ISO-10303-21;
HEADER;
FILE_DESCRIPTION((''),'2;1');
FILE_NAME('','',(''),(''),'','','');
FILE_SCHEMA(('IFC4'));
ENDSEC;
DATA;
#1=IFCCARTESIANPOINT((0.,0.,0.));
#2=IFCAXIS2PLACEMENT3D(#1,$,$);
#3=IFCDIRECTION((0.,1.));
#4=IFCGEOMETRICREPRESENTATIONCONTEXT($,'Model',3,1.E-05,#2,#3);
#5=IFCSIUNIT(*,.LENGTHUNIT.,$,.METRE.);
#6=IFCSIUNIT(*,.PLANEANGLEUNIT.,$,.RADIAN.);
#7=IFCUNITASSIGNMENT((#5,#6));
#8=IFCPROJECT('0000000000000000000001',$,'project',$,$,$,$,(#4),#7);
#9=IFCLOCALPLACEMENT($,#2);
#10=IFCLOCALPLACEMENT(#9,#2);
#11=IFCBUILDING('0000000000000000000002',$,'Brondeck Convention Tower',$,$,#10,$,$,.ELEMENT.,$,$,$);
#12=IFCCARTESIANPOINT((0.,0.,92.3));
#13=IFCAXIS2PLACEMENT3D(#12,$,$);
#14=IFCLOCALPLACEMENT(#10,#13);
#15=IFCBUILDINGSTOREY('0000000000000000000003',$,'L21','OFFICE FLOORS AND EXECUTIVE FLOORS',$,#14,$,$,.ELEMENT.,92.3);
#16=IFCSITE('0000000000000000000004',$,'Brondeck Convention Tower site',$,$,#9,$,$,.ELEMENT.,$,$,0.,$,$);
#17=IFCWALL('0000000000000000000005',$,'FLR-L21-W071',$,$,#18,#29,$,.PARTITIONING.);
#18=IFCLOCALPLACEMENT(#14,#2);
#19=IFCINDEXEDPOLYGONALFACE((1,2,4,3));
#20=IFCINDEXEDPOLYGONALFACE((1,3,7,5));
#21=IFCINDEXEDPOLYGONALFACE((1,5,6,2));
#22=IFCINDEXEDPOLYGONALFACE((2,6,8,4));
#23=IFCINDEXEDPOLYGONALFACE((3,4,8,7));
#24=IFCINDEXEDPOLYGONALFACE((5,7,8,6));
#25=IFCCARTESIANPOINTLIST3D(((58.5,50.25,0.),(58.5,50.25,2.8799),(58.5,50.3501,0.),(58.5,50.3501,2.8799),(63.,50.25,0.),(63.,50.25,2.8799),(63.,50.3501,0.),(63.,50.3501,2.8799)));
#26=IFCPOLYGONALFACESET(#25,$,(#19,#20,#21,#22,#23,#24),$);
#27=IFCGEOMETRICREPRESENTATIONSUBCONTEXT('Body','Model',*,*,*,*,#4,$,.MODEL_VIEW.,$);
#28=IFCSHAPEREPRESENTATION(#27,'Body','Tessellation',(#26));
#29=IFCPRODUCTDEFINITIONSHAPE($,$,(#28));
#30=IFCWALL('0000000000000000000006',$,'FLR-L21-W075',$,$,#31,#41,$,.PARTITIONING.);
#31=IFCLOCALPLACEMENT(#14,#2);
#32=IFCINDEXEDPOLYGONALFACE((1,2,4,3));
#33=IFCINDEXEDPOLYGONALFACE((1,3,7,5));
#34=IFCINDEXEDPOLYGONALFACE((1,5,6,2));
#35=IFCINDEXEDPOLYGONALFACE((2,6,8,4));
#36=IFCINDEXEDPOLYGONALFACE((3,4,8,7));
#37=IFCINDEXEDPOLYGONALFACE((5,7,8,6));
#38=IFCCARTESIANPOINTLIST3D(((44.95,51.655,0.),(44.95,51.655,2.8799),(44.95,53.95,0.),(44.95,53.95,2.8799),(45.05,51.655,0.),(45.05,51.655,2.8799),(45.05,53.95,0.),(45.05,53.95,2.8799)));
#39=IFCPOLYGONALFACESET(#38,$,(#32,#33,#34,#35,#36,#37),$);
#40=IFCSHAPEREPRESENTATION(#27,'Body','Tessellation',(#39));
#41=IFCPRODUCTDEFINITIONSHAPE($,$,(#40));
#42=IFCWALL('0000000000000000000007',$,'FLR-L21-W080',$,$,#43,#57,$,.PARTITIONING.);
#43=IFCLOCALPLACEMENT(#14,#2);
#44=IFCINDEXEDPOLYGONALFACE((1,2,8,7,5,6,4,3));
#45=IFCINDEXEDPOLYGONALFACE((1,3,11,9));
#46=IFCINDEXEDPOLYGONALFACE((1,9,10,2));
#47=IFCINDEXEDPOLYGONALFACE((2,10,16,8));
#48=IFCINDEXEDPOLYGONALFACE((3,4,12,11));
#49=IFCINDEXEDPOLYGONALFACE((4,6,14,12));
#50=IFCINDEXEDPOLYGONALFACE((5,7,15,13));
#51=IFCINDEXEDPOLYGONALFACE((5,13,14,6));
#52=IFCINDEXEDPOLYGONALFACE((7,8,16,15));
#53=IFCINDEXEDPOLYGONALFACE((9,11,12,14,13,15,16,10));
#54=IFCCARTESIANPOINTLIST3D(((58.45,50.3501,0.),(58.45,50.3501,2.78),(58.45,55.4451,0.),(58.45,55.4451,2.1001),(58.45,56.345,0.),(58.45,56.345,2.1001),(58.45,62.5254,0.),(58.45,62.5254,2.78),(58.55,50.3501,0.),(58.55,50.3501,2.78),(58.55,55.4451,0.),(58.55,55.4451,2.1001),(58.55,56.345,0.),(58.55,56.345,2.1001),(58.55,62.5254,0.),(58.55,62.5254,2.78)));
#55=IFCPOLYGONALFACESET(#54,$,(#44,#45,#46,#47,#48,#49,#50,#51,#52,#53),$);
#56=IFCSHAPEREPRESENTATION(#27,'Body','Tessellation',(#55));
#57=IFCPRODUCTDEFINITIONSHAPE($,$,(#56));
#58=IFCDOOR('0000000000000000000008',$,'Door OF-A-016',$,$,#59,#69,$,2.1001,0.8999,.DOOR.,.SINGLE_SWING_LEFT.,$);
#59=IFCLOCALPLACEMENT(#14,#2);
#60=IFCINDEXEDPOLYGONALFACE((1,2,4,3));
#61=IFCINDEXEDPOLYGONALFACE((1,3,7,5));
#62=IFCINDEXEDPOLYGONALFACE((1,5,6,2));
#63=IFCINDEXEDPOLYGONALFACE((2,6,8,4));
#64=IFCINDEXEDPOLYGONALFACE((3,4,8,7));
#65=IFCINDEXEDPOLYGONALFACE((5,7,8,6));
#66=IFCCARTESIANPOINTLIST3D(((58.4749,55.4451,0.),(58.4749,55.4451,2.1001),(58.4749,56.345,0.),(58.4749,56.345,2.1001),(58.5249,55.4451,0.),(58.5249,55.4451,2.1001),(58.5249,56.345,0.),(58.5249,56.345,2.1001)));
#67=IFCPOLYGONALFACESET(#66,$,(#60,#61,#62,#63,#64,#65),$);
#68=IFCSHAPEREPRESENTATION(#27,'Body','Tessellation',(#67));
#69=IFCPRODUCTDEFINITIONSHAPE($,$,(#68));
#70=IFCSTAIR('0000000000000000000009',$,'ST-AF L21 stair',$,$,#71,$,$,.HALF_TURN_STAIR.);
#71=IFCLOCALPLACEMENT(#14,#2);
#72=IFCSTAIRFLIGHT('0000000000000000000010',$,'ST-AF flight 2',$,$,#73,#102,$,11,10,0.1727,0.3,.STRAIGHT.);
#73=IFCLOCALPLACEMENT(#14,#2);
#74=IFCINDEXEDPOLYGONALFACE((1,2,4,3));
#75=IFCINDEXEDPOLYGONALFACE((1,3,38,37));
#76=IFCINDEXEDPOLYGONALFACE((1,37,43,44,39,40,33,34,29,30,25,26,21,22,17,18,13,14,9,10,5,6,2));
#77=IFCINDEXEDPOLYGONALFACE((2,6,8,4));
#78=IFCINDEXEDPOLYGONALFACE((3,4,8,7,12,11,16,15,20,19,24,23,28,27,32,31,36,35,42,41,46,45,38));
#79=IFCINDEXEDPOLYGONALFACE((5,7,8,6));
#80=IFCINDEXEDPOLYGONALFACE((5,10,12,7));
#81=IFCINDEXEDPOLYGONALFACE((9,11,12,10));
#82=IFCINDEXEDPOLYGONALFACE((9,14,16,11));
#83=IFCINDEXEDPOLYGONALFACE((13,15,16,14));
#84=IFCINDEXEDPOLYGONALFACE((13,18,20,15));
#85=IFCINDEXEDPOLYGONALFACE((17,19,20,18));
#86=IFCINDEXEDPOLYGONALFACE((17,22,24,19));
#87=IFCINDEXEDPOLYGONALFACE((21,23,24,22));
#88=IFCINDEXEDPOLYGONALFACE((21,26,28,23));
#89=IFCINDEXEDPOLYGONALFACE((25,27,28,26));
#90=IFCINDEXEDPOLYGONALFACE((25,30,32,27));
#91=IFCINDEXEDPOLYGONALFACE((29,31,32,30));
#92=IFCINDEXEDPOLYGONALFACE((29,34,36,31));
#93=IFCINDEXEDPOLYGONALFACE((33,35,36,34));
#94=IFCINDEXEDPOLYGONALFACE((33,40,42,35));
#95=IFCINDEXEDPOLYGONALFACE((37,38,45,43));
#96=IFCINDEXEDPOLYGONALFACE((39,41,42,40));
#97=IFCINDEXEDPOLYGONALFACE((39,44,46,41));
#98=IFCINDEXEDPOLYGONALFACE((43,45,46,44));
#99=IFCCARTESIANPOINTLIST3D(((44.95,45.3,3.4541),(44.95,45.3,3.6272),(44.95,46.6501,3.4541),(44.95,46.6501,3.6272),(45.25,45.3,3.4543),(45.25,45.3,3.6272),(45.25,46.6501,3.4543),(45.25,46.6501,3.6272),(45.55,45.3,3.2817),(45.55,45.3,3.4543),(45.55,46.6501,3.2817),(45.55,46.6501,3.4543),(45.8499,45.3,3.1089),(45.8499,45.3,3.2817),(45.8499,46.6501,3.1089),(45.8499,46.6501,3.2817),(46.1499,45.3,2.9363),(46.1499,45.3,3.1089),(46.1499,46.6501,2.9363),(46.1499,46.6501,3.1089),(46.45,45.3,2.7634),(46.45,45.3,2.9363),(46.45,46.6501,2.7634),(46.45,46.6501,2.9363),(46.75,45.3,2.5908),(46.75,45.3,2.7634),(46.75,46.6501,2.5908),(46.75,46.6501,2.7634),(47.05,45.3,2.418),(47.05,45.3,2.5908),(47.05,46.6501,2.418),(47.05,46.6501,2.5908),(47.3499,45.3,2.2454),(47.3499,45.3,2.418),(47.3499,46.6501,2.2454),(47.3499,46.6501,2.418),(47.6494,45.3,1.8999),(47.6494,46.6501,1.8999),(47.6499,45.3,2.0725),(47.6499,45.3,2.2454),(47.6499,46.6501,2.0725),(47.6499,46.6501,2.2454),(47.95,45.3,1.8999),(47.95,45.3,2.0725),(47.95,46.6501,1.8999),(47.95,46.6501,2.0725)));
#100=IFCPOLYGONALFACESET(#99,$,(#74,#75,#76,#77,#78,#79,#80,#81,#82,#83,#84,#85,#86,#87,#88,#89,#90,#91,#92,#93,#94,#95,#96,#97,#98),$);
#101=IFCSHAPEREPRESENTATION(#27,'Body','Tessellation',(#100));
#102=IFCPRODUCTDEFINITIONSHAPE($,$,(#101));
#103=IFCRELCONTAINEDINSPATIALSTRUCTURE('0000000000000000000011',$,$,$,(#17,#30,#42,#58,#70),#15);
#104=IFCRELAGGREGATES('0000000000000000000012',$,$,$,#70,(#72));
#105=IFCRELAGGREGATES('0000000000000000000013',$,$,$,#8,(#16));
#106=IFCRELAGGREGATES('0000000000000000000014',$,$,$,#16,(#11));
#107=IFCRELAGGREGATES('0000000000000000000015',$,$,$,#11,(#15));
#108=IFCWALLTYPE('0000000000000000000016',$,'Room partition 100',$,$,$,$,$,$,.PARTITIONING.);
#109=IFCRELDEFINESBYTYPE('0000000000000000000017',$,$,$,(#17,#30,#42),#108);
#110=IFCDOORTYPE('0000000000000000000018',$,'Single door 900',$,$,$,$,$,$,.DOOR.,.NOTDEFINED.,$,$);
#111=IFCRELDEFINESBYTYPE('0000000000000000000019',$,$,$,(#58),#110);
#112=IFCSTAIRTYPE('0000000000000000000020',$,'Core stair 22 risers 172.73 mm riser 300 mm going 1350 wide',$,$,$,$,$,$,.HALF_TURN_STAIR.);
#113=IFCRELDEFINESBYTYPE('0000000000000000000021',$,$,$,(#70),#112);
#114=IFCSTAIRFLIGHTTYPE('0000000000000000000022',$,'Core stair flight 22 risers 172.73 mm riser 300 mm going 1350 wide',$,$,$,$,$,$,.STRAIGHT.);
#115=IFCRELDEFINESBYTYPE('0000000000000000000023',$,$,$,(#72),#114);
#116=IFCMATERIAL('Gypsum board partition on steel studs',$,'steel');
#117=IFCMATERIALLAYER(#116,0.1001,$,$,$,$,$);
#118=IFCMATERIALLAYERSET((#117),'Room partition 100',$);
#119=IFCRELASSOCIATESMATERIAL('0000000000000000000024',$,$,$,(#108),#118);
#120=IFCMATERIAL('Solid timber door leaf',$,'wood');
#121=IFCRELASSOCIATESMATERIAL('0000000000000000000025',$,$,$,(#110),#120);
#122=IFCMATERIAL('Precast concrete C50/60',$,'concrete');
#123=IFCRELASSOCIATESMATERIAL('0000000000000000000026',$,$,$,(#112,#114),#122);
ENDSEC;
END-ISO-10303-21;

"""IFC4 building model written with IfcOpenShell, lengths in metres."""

from ifc_helpers import new_model, si_unit, direction, frame, frame_2d, origin, place, context, subcontext, project, spatial, polyline, rectangle, outline, extrude, material, layer, layer_set, type_object, element, fill, aggregate, save


model = new_model("IFC4")

# Units and contexts
model_context = context("Model", 3, precision=1e-05, world=origin(), true_north=direction((0.0, 1.0)))
body_context = subcontext(model_context, "Body", "Model", "MODEL_VIEW")
ifc_project = project(units=[si_unit("LENGTHUNIT", "METRE"), si_unit("PLANEANGLEUNIT", "RADIAN")], contexts=[model_context])

# Site, building, storey
site_placement = place(None, origin())
site = spatial("IfcSite", under=ifc_project, at=site_placement, Name="Brondeck Convention Tower site", CompositionType="ELEMENT", RefElevation=0.0)
building_placement = place(site_placement, origin())
building = spatial("IfcBuilding", under=site, at=building_placement, Name="Brondeck Convention Tower", CompositionType="ELEMENT")
storey_placement = place(building_placement, frame((0.0, 0.0, 92.3)))
storey = spatial("IfcBuildingStorey", under=building, at=storey_placement, Name="L21", Description="OFFICE FLOORS AND EXECUTIVE FLOORS", CompositionType="ELEMENT", Elevation=92.3)

# Shared definitions
ifc_material_1 = material(Name="Gypsum board partition on steel studs", Category="steel")
ifc_layer_1 = layer(ifc_material_1, 0.1001)
ifc_layer_set_1 = layer_set([ifc_layer_1], Name="Room partition 100")
wall_type_1 = type_object("IfcWallType", Name="Room partition 100", PredefinedType="PARTITIONING", material=ifc_layer_set_1)

# Shared definitions
ifc_material_2 = material(Name="Solid timber door leaf", Category="wood")
door_type_1 = type_object("IfcDoorType", Name="Single door 900", OperationType="NOTDEFINED", PredefinedType="DOOR", material=ifc_material_2)

# Walls
wall_1_placement = place(storey_placement, frame((58.5, 50.3, 0.0), z_axis=(0.0, 0.0, 1.0), x_axis=(1.0, 0.0, 0.0)))
element("IfcWall", 1, at=wall_1_placement, inside=storey, type_object=wall_type_1, Name="FLR-L21-W071", PredefinedType="PARTITIONING", context=body_context, shape_type="SweptSolid", body=[
    extrude(rectangle(XDim=4.5, YDim=0.1001, at=frame_2d((2.25, 0.0))), origin(), (0.0, 0.0, 1.0), 2.8799),
])
wall_2_placement = place(storey_placement, frame((45.0, 53.95, 0.0), z_axis=(0.0, 0.0, 1.0), x_axis=(0.0, -1.0, 0.0)))
element("IfcWall", 2, at=wall_2_placement, inside=storey, type_object=wall_type_1, Name="FLR-L21-W075", PredefinedType="PARTITIONING", context=body_context, shape_type="SweptSolid", body=[
    extrude(rectangle(XDim=2.2949, YDim=0.1001, at=frame_2d((1.1475, 0.0))), origin(), (0.0, 0.0, 1.0), 2.8799),
])

# Wall, opening, door
wall_3_placement = place(storey_placement, frame((58.5, 62.5254, 0.0), z_axis=(0.0, 0.0, 1.0), x_axis=(0.0, -1.0, 0.0)))
wall_3 = element("IfcWall", 3, at=wall_3_placement, inside=storey, type_object=wall_type_1, Name="FLR-L21-W080", PredefinedType="PARTITIONING", context=body_context, shape_type="SweptSolid", body=[
    extrude(rectangle(XDim=12.1753, YDim=0.1001, at=frame_2d((6.0876, 0.0))), origin(), (0.0, 0.0, 1.0), 2.78),
])
opening_1_placement = place(wall_3_placement, frame((6.1804, 0.0, 0.0)))
opening_1 = element("IfcOpeningElement", 4, at=opening_1_placement, cuts=wall_3, PredefinedType="OPENING", context=body_context, shape_type="SweptSolid", body=[
    extrude(rectangle(XDim=0.8999, YDim=2.1001, at=frame_2d((0.45, 1.05))), frame((0.0, 0.0601, 0.0), z_axis=(0.0, -1.0, 0.0), x_axis=(1.0, 0.0, 0.0)), (0.0, 0.0, 1.0), 0.1201),
])
door_1_placement = place(opening_1_placement, origin())
door_1 = element("IfcDoor", 5, at=door_1_placement, inside=storey, type_object=door_type_1, Name="Door OF-A-016", OperationType="SINGLE_SWING_LEFT", OverallHeight=2.1001, OverallWidth=0.8999, PredefinedType="DOOR", context=body_context, shape_type="SweptSolid", body=[
    extrude(rectangle(XDim=0.8999, YDim=2.1001, at=frame_2d((0.45, 1.05))), frame((0.0, 0.0249, 0.0), z_axis=(0.0, -1.0, 0.0), x_axis=(1.0, 0.0, 0.0)), (0.0, 0.0, 1.0), 0.05),
])
fill(opening_1, door_1)

# Stair, stair flight
ifc_material_3 = material(Name="Precast concrete C50/60", Category="concrete")
stair_type = type_object("IfcStairType", Name="Core stair 22 risers 172.73 mm riser 300 mm going 1350 wide", PredefinedType="HALF_TURN_STAIR", material=ifc_material_3)
stair_placement = place(storey_placement, origin())
stair = element("IfcStair", 6, at=stair_placement, inside=storey, type_object=stair_type, Name="ST-AF L21 stair", PredefinedType="HALF_TURN_STAIR")
stair_flight_type = type_object("IfcStairFlightType", Name="Core stair flight 22 risers 172.73 mm riser 300 mm going 1350 wide", PredefinedType="STRAIGHT", material=ifc_material_3)
stair_flight_placement = place(storey_placement, frame((47.95, 45.9751, 1.8999), z_axis=(0.0, 0.0, 1.0), x_axis=(-1.0, 0.0, 0.0)))
stair_flight = element("IfcStairFlight", 7, at=stair_flight_placement, type_object=stair_flight_type, Name="ST-AF flight 2", NumberOfRisers=11, NumberOfTreads=10, PredefinedType="STRAIGHT", RiserHeight=0.1727, TreadLength=0.3, context=body_context, shape_type="SweptSolid", body=[
    extrude(outline(polyline([(0.0, 0.0), (0.0, 0.1726), (0.3, 0.1726), (0.3, 0.3455), (0.6001, 0.3455), (0.6001, 0.5181), (0.8999, 0.5181), (0.8999, 0.6909), (1.2, 0.6909), (1.2, 0.8635), (1.5, 0.8635), (1.5, 1.0364), (1.8, 1.0364), (1.8, 1.209), (2.1001, 1.209), (2.1001, 1.3818), (2.3999, 1.3818), (2.3999, 1.5544), (2.7, 1.5544), (2.7, 1.7273), (3.0, 1.7273), (3.0, 1.8999), (3.0, 1.5542), (0.3005, 0.0), (0.0, 0.0)])), frame((0.0, 0.675, 0.0), z_axis=(0.0, -1.0, 0.0), x_axis=(1.0, 0.0, 0.0)), (0.0, 0.0, 1.0), 1.3501),
])
aggregate(stair, [stair_flight])

save(model, "model.ifc")
